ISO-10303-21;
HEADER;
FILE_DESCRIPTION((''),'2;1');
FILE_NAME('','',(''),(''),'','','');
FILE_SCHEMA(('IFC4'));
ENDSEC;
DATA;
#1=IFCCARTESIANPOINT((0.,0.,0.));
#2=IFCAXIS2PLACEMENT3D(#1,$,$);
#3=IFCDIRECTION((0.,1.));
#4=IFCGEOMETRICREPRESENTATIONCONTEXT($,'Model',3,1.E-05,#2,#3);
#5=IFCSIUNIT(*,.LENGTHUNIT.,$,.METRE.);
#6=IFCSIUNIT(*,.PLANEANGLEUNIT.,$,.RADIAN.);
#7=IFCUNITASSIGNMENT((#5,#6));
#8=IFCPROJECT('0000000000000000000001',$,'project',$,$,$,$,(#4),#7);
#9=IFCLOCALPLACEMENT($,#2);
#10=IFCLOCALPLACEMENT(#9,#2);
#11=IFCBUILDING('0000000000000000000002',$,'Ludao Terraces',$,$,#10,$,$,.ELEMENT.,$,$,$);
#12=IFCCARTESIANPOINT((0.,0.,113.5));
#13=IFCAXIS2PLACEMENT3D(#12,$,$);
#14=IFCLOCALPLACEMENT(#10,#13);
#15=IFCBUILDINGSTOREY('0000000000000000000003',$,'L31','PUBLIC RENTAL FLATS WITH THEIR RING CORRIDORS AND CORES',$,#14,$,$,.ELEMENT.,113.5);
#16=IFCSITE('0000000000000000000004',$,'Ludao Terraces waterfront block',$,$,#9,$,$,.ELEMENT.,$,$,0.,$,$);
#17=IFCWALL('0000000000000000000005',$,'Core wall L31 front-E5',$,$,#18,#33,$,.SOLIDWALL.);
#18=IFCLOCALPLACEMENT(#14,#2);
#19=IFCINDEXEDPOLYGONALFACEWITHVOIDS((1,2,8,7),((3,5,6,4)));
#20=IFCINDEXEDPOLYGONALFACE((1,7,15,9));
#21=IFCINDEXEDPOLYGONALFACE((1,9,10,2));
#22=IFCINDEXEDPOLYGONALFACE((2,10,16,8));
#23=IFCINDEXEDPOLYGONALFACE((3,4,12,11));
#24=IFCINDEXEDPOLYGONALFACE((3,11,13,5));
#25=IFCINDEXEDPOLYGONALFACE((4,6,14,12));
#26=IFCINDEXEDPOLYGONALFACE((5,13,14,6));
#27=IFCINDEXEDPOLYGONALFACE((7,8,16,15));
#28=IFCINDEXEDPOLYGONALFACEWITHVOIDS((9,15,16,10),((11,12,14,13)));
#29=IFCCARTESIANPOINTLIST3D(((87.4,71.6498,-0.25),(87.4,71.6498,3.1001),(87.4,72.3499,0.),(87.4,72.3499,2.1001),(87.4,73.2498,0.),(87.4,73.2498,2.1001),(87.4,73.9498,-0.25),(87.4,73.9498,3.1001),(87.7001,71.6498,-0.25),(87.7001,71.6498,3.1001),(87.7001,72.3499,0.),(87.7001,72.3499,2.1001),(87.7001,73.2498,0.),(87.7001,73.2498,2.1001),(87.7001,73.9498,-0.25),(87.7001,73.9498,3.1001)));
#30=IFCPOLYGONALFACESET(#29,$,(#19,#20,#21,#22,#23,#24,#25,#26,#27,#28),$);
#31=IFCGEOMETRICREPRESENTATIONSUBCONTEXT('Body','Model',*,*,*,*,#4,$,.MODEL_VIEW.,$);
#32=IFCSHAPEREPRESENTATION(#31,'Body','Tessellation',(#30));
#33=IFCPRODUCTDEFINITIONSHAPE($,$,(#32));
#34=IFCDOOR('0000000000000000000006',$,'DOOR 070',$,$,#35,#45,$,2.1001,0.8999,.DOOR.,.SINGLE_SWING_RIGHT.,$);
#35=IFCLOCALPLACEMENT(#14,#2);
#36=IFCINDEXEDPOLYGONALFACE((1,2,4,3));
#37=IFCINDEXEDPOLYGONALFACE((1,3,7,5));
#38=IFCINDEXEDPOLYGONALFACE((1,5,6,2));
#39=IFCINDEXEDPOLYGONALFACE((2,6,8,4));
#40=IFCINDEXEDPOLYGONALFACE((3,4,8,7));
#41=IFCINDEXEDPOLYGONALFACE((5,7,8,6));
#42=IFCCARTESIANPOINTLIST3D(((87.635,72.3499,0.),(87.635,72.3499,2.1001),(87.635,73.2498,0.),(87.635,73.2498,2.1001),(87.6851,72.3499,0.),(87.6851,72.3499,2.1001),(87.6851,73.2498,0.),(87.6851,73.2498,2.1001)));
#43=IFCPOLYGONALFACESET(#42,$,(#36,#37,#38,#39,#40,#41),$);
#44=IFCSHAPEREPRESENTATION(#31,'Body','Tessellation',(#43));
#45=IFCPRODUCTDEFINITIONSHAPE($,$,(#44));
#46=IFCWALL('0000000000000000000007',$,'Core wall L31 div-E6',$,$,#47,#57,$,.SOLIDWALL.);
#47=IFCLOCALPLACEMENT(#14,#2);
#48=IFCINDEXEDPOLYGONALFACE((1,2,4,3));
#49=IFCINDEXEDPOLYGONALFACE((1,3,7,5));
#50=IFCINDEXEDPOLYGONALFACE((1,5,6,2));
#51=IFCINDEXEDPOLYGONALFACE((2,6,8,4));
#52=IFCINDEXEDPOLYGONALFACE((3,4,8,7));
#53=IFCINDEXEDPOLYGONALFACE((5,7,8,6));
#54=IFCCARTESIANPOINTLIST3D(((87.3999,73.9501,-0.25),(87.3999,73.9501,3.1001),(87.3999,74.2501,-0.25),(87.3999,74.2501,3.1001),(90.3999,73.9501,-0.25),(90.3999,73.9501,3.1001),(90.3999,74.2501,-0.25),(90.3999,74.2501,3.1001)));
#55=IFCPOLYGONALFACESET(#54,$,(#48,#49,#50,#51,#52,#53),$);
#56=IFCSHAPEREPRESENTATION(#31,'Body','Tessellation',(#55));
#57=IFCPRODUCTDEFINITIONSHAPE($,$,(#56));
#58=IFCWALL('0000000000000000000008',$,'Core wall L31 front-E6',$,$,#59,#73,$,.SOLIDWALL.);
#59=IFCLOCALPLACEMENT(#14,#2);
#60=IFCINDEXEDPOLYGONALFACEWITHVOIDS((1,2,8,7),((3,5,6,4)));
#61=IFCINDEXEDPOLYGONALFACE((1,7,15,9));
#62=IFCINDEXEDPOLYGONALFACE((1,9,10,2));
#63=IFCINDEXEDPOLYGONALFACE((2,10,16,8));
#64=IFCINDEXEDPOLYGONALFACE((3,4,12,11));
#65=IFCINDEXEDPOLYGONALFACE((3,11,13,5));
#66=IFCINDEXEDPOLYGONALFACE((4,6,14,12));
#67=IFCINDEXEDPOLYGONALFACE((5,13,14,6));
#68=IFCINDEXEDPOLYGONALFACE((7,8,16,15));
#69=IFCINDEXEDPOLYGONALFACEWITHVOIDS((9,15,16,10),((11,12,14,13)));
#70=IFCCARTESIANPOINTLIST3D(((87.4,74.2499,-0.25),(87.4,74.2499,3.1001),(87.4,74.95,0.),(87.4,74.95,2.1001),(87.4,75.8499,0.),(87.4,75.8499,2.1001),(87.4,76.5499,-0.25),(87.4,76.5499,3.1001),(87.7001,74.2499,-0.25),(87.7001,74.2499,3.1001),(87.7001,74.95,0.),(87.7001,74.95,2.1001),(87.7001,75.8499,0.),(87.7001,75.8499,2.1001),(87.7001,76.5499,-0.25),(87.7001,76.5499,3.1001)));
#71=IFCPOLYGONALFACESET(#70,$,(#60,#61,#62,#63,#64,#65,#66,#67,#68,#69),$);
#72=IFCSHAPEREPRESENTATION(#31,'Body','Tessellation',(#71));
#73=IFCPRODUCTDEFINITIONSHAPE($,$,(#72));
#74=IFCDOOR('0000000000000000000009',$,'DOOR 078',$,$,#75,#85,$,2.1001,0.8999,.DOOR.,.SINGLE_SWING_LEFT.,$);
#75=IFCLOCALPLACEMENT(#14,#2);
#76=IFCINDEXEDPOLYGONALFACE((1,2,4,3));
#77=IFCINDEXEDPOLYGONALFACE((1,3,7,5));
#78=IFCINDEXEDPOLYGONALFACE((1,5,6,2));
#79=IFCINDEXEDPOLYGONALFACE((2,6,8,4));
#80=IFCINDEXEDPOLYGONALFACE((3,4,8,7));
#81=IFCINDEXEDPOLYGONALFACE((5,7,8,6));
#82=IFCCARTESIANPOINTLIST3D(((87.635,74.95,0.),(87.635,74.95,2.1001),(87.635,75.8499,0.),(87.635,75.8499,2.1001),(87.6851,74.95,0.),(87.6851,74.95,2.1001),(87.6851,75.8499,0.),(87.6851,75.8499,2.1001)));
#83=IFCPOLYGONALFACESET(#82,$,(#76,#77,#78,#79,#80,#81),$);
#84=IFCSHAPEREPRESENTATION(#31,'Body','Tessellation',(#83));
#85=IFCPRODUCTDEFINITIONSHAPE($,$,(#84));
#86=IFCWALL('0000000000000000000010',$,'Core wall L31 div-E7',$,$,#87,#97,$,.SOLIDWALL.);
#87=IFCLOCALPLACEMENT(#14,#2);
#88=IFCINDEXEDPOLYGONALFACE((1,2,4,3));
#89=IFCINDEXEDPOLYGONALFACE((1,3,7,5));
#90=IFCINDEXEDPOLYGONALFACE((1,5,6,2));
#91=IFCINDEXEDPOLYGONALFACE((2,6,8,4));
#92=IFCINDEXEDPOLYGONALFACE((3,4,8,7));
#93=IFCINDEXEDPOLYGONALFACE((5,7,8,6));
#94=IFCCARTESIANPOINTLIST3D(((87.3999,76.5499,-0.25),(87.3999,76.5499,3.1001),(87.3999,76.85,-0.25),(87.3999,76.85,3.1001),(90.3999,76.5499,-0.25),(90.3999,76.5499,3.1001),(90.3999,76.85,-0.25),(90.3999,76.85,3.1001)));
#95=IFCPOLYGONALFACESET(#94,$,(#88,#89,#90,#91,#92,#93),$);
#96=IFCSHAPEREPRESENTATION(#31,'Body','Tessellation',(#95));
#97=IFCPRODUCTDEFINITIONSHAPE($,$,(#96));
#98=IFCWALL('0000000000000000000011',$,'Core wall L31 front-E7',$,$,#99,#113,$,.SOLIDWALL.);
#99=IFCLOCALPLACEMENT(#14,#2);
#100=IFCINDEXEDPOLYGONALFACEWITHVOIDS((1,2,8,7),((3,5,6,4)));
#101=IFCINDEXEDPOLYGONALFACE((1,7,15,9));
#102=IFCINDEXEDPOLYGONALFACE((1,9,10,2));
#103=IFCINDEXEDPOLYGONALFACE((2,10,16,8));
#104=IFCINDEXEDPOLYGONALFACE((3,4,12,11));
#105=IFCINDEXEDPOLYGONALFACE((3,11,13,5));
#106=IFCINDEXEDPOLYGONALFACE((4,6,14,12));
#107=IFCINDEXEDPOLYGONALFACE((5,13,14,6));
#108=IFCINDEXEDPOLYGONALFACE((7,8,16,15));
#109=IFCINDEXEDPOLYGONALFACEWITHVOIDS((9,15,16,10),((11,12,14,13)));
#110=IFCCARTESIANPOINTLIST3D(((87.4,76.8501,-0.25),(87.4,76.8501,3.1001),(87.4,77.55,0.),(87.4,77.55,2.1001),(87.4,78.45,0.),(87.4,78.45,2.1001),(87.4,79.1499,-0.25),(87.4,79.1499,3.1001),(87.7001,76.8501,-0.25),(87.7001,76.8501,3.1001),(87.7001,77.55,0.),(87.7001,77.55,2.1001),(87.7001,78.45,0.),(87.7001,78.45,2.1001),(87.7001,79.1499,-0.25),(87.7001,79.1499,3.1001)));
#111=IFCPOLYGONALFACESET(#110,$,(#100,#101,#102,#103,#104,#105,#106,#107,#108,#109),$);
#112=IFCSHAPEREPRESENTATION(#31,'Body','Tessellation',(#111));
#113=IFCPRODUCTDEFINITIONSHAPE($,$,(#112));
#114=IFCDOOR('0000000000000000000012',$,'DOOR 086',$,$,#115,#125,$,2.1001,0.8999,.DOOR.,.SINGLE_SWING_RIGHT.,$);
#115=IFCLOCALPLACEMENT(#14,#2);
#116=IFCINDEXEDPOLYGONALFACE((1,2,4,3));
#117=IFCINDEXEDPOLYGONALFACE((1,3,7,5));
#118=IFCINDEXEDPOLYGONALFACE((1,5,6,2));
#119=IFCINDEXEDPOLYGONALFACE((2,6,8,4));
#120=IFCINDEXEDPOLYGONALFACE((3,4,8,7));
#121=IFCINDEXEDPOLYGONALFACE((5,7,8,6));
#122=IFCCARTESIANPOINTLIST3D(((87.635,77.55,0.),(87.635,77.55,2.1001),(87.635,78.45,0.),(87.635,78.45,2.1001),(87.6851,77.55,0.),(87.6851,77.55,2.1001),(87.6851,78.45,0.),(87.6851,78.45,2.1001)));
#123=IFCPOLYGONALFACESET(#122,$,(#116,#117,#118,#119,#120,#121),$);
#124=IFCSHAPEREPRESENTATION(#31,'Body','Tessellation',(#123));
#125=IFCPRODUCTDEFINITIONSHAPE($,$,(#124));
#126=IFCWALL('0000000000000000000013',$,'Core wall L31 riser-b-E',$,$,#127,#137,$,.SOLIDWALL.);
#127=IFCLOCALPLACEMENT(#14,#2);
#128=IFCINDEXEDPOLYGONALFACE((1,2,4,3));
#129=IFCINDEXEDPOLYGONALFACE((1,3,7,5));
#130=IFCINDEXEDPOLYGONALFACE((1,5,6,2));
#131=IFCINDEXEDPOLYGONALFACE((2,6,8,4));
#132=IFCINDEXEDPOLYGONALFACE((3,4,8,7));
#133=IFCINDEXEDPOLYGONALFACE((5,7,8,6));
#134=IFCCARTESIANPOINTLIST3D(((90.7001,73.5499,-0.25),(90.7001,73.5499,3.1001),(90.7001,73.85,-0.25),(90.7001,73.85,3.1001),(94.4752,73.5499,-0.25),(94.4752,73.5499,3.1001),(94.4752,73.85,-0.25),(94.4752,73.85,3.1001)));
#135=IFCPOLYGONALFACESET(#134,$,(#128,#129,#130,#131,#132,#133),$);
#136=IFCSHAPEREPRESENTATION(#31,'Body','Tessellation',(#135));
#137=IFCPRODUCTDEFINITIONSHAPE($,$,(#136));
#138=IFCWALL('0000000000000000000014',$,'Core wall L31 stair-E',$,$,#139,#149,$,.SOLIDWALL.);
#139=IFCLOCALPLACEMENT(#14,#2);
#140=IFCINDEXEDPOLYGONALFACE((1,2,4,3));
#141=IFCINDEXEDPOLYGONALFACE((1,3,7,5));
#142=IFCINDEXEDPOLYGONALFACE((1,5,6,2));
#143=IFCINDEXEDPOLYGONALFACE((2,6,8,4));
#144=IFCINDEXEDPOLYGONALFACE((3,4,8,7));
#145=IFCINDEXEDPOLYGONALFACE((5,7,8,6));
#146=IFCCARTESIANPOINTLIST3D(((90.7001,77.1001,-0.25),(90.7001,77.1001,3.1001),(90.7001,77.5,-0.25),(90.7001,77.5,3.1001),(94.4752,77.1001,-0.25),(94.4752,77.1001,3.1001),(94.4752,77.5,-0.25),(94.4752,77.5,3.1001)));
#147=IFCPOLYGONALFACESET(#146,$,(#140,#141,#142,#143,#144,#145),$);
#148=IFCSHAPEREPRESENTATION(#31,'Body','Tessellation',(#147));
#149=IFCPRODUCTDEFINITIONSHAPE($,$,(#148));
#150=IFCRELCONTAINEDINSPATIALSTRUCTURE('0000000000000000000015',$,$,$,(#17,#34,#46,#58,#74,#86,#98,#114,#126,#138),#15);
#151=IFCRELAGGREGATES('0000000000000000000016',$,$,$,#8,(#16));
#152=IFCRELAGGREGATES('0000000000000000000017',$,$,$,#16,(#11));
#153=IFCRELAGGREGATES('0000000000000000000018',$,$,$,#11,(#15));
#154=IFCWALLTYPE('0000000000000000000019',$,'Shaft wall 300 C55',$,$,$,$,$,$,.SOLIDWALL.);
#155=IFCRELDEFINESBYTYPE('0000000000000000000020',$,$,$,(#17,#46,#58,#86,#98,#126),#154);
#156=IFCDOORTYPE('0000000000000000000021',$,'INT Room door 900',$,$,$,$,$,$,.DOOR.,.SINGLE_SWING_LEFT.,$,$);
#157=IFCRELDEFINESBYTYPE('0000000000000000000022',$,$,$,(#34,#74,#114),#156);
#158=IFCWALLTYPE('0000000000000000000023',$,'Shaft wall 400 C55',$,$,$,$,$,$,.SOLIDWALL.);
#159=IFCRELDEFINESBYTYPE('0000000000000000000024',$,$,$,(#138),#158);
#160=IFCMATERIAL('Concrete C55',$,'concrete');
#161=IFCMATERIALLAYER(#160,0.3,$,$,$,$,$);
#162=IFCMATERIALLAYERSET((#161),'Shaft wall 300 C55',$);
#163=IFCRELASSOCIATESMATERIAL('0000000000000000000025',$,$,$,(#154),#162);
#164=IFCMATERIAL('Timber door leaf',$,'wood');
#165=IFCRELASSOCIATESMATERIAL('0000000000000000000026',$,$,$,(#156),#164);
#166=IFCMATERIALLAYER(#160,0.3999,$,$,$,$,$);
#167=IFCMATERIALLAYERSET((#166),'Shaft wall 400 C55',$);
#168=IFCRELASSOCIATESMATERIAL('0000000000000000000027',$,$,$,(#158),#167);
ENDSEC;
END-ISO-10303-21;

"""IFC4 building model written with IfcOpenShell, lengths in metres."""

from ifc_helpers import new_model, si_unit, direction, frame, frame_2d, origin, place, context, subcontext, project, spatial, rectangle, extrude, material, layer, layer_set, type_object, element, fill, save


model = new_model("IFC4")

# Units and contexts
model_context = context("Model", 3, precision=1e-05, world=origin(), true_north=direction((0.0, 1.0)))
body_context = subcontext(model_context, "Body", "Model", "MODEL_VIEW")
ifc_project = project(units=[si_unit("LENGTHUNIT", "METRE"), si_unit("PLANEANGLEUNIT", "RADIAN")], contexts=[model_context])

# Site, building, storey
site_placement = place(None, origin())
site = spatial("IfcSite", under=ifc_project, at=site_placement, Name="Ludao Terraces waterfront block", CompositionType="ELEMENT", RefElevation=0.0)
building_placement = place(site_placement, origin())
building = spatial("IfcBuilding", under=site, at=building_placement, Name="Ludao Terraces", CompositionType="ELEMENT")
storey_placement = place(building_placement, frame((0.0, 0.0, 113.5)))
storey = spatial("IfcBuildingStorey", under=building, at=storey_placement, Name="L31", Description="PUBLIC RENTAL FLATS WITH THEIR RING CORRIDORS AND CORES", CompositionType="ELEMENT", Elevation=113.5)

# Shared definitions
ifc_material_1 = material(Name="Concrete C55", Category="concrete")
ifc_layer_1 = layer(ifc_material_1, 0.3)
ifc_layer_set_1 = layer_set([ifc_layer_1], Name="Shaft wall 300 C55")
wall_type_1 = type_object("IfcWallType", Name="Shaft wall 300 C55", PredefinedType="SOLIDWALL", material=ifc_layer_set_1)

# Wall, opening, door
wall_1_placement = place(storey_placement, frame((87.55, 71.6499, -0.25), z_axis=(0.0, 0.0, 1.0), x_axis=(0.0, 1.0, 0.0)))
wall_1 = element("IfcWall", 1, at=wall_1_placement, inside=storey, type_object=wall_type_1, Name="Core wall L31 front-E5", PredefinedType="SOLIDWALL", context=body_context, shape_type="SweptSolid", body=[
    extrude(rectangle(XDim=2.3, YDim=0.3, at=frame_2d((1.1499, 0.0))), origin(), (0.0, 0.0, 1.0), 3.3501),
])
opening_1_placement = place(wall_1_placement, frame((0.7, 0.0, 0.25)))
opening_1 = element("IfcOpeningElement", 2, at=opening_1_placement, cuts=wall_1, PredefinedType="OPENING", context=body_context, shape_type="SweptSolid", body=[
    extrude(rectangle(XDim=0.8999, YDim=2.1001, at=frame_2d((0.45, 1.05))), frame((0.0, 0.1602, 0.0), z_axis=(0.0, -1.0, 0.0), x_axis=(1.0, 0.0, 0.0)), (0.0, 0.0, 1.0), 0.3201),
])
ifc_material_2 = material(Name="Timber door leaf", Category="wood")
door_type_1 = type_object("IfcDoorType", Name="INT Room door 900", OperationType="SINGLE_SWING_LEFT", PredefinedType="DOOR", material=ifc_material_2)
door_1_placement = place(opening_1_placement, origin())
door_1 = element("IfcDoor", 3, at=door_1_placement, inside=storey, type_object=door_type_1, Name="DOOR 070", OperationType="SINGLE_SWING_RIGHT", OverallHeight=2.1001, OverallWidth=0.8999, PredefinedType="DOOR", context=body_context, shape_type="SweptSolid", body=[
    extrude(rectangle(XDim=0.8999, YDim=2.1001, at=frame_2d((0.45, 1.05))), frame((0.0, -0.085, 0.0), z_axis=(0.0, -1.0, 0.0), x_axis=(1.0, 0.0, 0.0)), (0.0, 0.0, 1.0), 0.05),
])
fill(opening_1, door_1)

# Wall
wall_2_placement = place(storey_placement, frame((87.3999, 74.1001, -0.25), z_axis=(0.0, 0.0, 1.0), x_axis=(1.0, 0.0, 0.0)))
element("IfcWall", 4, at=wall_2_placement, inside=storey, type_object=wall_type_1, Name="Core wall L31 div-E6", PredefinedType="SOLIDWALL", context=body_context, shape_type="SweptSolid", body=[
    extrude(rectangle(XDim=3.0, YDim=0.3, at=frame_2d((1.5, 0.0))), origin(), (0.0, 0.0, 1.0), 3.3501),
])

# Wall, opening, door
wall_3_placement = place(storey_placement, frame((87.55, 74.25, -0.25), z_axis=(0.0, 0.0, 1.0), x_axis=(0.0, 1.0, 0.0)))
wall_3 = element("IfcWall", 5, at=wall_3_placement, inside=storey, type_object=wall_type_1, Name="Core wall L31 front-E6", PredefinedType="SOLIDWALL", context=body_context, shape_type="SweptSolid", body=[
    extrude(rectangle(XDim=2.3, YDim=0.3, at=frame_2d((1.1499, 0.0))), origin(), (0.0, 0.0, 1.0), 3.3501),
])
opening_2_placement = place(wall_3_placement, frame((0.7, 0.0, 0.25)))
opening_2 = element("IfcOpeningElement", 6, at=opening_2_placement, cuts=wall_3, PredefinedType="OPENING", context=body_context, shape_type="SweptSolid", body=[
    extrude(rectangle(XDim=0.8999, YDim=2.1001, at=frame_2d((0.45, 1.05))), frame((0.0, 0.1602, 0.0), z_axis=(0.0, -1.0, 0.0), x_axis=(1.0, 0.0, 0.0)), (0.0, 0.0, 1.0), 0.3201),
])
door_2_placement = place(opening_2_placement, origin())
door_2 = element("IfcDoor", 7, at=door_2_placement, inside=storey, type_object=door_type_1, Name="DOOR 078", OperationType="SINGLE_SWING_LEFT", OverallHeight=2.1001, OverallWidth=0.8999, PredefinedType="DOOR", context=body_context, shape_type="SweptSolid", body=[
    extrude(rectangle(XDim=0.8999, YDim=2.1001, at=frame_2d((0.45, 1.05))), frame((0.0, -0.085, 0.0), z_axis=(0.0, -1.0, 0.0), x_axis=(1.0, 0.0, 0.0)), (0.0, 0.0, 1.0), 0.05),
])
fill(opening_2, door_2)

# Wall
wall_4_placement = place(storey_placement, frame((87.3999, 76.7, -0.25), z_axis=(0.0, 0.0, 1.0), x_axis=(1.0, 0.0, 0.0)))
element("IfcWall", 8, at=wall_4_placement, inside=storey, type_object=wall_type_1, Name="Core wall L31 div-E7", PredefinedType="SOLIDWALL", context=body_context, shape_type="SweptSolid", body=[
    extrude(rectangle(XDim=3.0, YDim=0.3, at=frame_2d((1.5, 0.0))), origin(), (0.0, 0.0, 1.0), 3.3501),
])

# Wall, opening, door
wall_5_placement = place(storey_placement, frame((87.55, 76.8501, -0.25), z_axis=(0.0, 0.0, 1.0), x_axis=(0.0, 1.0, 0.0)))
wall_5 = element("IfcWall", 9, at=wall_5_placement, inside=storey, type_object=wall_type_1, Name="Core wall L31 front-E7", PredefinedType="SOLIDWALL", context=body_context, shape_type="SweptSolid", body=[
    extrude(rectangle(XDim=2.2998, YDim=0.3, at=frame_2d((1.1499, 0.0))), origin(), (0.0, 0.0, 1.0), 3.3501),
])
opening_3_placement = place(wall_5_placement, frame((0.7, 0.0, 0.25)))
opening_3 = element("IfcOpeningElement", 10, at=opening_3_placement, cuts=wall_5, PredefinedType="OPENING", context=body_context, shape_type="SweptSolid", body=[
    extrude(rectangle(XDim=0.8999, YDim=2.1001, at=frame_2d((0.45, 1.05))), frame((0.0, 0.1602, 0.0), z_axis=(0.0, -1.0, 0.0), x_axis=(1.0, 0.0, 0.0)), (0.0, 0.0, 1.0), 0.3201),
])
door_3_placement = place(opening_3_placement, origin())
door_3 = element("IfcDoor", 11, at=door_3_placement, inside=storey, type_object=door_type_1, Name="DOOR 086", OperationType="SINGLE_SWING_RIGHT", OverallHeight=2.1001, OverallWidth=0.8999, PredefinedType="DOOR", context=body_context, shape_type="SweptSolid", body=[
    extrude(rectangle(XDim=0.8999, YDim=2.1001, at=frame_2d((0.45, 1.05))), frame((0.0, -0.085, 0.0), z_axis=(0.0, -1.0, 0.0), x_axis=(1.0, 0.0, 0.0)), (0.0, 0.0, 1.0), 0.05),
])
fill(opening_3, door_3)

# Walls
wall_6_placement = place(storey_placement, frame((90.7, 73.7, -0.25), z_axis=(0.0, 0.0, 1.0), x_axis=(1.0, 0.0, 0.0)))
element("IfcWall", 12, at=wall_6_placement, inside=storey, type_object=wall_type_1, Name="Core wall L31 riser-b-E", PredefinedType="SOLIDWALL", context=body_context, shape_type="SweptSolid", body=[
    extrude(rectangle(XDim=3.7751, YDim=0.3, at=frame_2d((1.8877, 0.0))), origin(), (0.0, 0.0, 1.0), 3.3501),
])
ifc_layer_2 = layer(ifc_material_1, 0.3999)
ifc_layer_set_2 = layer_set([ifc_layer_2], Name="Shaft wall 400 C55")
wall_type_2 = type_object("IfcWallType", Name="Shaft wall 400 C55", PredefinedType="SOLIDWALL", material=ifc_layer_set_2)
wall_7_placement = place(storey_placement, frame((90.7, 77.3, -0.25), z_axis=(0.0, 0.0, 1.0), x_axis=(1.0, 0.0, 0.0)))
element("IfcWall", 13, at=wall_7_placement, inside=storey, type_object=wall_type_2, Name="Core wall L31 stair-E", PredefinedType="SOLIDWALL", context=body_context, shape_type="SweptSolid", body=[
    extrude(rectangle(XDim=3.7751, YDim=0.3999, at=frame_2d((1.8877, 0.0))), origin(), (0.0, 0.0, 1.0), 3.3501),
])

save(model, "model.ifc")
